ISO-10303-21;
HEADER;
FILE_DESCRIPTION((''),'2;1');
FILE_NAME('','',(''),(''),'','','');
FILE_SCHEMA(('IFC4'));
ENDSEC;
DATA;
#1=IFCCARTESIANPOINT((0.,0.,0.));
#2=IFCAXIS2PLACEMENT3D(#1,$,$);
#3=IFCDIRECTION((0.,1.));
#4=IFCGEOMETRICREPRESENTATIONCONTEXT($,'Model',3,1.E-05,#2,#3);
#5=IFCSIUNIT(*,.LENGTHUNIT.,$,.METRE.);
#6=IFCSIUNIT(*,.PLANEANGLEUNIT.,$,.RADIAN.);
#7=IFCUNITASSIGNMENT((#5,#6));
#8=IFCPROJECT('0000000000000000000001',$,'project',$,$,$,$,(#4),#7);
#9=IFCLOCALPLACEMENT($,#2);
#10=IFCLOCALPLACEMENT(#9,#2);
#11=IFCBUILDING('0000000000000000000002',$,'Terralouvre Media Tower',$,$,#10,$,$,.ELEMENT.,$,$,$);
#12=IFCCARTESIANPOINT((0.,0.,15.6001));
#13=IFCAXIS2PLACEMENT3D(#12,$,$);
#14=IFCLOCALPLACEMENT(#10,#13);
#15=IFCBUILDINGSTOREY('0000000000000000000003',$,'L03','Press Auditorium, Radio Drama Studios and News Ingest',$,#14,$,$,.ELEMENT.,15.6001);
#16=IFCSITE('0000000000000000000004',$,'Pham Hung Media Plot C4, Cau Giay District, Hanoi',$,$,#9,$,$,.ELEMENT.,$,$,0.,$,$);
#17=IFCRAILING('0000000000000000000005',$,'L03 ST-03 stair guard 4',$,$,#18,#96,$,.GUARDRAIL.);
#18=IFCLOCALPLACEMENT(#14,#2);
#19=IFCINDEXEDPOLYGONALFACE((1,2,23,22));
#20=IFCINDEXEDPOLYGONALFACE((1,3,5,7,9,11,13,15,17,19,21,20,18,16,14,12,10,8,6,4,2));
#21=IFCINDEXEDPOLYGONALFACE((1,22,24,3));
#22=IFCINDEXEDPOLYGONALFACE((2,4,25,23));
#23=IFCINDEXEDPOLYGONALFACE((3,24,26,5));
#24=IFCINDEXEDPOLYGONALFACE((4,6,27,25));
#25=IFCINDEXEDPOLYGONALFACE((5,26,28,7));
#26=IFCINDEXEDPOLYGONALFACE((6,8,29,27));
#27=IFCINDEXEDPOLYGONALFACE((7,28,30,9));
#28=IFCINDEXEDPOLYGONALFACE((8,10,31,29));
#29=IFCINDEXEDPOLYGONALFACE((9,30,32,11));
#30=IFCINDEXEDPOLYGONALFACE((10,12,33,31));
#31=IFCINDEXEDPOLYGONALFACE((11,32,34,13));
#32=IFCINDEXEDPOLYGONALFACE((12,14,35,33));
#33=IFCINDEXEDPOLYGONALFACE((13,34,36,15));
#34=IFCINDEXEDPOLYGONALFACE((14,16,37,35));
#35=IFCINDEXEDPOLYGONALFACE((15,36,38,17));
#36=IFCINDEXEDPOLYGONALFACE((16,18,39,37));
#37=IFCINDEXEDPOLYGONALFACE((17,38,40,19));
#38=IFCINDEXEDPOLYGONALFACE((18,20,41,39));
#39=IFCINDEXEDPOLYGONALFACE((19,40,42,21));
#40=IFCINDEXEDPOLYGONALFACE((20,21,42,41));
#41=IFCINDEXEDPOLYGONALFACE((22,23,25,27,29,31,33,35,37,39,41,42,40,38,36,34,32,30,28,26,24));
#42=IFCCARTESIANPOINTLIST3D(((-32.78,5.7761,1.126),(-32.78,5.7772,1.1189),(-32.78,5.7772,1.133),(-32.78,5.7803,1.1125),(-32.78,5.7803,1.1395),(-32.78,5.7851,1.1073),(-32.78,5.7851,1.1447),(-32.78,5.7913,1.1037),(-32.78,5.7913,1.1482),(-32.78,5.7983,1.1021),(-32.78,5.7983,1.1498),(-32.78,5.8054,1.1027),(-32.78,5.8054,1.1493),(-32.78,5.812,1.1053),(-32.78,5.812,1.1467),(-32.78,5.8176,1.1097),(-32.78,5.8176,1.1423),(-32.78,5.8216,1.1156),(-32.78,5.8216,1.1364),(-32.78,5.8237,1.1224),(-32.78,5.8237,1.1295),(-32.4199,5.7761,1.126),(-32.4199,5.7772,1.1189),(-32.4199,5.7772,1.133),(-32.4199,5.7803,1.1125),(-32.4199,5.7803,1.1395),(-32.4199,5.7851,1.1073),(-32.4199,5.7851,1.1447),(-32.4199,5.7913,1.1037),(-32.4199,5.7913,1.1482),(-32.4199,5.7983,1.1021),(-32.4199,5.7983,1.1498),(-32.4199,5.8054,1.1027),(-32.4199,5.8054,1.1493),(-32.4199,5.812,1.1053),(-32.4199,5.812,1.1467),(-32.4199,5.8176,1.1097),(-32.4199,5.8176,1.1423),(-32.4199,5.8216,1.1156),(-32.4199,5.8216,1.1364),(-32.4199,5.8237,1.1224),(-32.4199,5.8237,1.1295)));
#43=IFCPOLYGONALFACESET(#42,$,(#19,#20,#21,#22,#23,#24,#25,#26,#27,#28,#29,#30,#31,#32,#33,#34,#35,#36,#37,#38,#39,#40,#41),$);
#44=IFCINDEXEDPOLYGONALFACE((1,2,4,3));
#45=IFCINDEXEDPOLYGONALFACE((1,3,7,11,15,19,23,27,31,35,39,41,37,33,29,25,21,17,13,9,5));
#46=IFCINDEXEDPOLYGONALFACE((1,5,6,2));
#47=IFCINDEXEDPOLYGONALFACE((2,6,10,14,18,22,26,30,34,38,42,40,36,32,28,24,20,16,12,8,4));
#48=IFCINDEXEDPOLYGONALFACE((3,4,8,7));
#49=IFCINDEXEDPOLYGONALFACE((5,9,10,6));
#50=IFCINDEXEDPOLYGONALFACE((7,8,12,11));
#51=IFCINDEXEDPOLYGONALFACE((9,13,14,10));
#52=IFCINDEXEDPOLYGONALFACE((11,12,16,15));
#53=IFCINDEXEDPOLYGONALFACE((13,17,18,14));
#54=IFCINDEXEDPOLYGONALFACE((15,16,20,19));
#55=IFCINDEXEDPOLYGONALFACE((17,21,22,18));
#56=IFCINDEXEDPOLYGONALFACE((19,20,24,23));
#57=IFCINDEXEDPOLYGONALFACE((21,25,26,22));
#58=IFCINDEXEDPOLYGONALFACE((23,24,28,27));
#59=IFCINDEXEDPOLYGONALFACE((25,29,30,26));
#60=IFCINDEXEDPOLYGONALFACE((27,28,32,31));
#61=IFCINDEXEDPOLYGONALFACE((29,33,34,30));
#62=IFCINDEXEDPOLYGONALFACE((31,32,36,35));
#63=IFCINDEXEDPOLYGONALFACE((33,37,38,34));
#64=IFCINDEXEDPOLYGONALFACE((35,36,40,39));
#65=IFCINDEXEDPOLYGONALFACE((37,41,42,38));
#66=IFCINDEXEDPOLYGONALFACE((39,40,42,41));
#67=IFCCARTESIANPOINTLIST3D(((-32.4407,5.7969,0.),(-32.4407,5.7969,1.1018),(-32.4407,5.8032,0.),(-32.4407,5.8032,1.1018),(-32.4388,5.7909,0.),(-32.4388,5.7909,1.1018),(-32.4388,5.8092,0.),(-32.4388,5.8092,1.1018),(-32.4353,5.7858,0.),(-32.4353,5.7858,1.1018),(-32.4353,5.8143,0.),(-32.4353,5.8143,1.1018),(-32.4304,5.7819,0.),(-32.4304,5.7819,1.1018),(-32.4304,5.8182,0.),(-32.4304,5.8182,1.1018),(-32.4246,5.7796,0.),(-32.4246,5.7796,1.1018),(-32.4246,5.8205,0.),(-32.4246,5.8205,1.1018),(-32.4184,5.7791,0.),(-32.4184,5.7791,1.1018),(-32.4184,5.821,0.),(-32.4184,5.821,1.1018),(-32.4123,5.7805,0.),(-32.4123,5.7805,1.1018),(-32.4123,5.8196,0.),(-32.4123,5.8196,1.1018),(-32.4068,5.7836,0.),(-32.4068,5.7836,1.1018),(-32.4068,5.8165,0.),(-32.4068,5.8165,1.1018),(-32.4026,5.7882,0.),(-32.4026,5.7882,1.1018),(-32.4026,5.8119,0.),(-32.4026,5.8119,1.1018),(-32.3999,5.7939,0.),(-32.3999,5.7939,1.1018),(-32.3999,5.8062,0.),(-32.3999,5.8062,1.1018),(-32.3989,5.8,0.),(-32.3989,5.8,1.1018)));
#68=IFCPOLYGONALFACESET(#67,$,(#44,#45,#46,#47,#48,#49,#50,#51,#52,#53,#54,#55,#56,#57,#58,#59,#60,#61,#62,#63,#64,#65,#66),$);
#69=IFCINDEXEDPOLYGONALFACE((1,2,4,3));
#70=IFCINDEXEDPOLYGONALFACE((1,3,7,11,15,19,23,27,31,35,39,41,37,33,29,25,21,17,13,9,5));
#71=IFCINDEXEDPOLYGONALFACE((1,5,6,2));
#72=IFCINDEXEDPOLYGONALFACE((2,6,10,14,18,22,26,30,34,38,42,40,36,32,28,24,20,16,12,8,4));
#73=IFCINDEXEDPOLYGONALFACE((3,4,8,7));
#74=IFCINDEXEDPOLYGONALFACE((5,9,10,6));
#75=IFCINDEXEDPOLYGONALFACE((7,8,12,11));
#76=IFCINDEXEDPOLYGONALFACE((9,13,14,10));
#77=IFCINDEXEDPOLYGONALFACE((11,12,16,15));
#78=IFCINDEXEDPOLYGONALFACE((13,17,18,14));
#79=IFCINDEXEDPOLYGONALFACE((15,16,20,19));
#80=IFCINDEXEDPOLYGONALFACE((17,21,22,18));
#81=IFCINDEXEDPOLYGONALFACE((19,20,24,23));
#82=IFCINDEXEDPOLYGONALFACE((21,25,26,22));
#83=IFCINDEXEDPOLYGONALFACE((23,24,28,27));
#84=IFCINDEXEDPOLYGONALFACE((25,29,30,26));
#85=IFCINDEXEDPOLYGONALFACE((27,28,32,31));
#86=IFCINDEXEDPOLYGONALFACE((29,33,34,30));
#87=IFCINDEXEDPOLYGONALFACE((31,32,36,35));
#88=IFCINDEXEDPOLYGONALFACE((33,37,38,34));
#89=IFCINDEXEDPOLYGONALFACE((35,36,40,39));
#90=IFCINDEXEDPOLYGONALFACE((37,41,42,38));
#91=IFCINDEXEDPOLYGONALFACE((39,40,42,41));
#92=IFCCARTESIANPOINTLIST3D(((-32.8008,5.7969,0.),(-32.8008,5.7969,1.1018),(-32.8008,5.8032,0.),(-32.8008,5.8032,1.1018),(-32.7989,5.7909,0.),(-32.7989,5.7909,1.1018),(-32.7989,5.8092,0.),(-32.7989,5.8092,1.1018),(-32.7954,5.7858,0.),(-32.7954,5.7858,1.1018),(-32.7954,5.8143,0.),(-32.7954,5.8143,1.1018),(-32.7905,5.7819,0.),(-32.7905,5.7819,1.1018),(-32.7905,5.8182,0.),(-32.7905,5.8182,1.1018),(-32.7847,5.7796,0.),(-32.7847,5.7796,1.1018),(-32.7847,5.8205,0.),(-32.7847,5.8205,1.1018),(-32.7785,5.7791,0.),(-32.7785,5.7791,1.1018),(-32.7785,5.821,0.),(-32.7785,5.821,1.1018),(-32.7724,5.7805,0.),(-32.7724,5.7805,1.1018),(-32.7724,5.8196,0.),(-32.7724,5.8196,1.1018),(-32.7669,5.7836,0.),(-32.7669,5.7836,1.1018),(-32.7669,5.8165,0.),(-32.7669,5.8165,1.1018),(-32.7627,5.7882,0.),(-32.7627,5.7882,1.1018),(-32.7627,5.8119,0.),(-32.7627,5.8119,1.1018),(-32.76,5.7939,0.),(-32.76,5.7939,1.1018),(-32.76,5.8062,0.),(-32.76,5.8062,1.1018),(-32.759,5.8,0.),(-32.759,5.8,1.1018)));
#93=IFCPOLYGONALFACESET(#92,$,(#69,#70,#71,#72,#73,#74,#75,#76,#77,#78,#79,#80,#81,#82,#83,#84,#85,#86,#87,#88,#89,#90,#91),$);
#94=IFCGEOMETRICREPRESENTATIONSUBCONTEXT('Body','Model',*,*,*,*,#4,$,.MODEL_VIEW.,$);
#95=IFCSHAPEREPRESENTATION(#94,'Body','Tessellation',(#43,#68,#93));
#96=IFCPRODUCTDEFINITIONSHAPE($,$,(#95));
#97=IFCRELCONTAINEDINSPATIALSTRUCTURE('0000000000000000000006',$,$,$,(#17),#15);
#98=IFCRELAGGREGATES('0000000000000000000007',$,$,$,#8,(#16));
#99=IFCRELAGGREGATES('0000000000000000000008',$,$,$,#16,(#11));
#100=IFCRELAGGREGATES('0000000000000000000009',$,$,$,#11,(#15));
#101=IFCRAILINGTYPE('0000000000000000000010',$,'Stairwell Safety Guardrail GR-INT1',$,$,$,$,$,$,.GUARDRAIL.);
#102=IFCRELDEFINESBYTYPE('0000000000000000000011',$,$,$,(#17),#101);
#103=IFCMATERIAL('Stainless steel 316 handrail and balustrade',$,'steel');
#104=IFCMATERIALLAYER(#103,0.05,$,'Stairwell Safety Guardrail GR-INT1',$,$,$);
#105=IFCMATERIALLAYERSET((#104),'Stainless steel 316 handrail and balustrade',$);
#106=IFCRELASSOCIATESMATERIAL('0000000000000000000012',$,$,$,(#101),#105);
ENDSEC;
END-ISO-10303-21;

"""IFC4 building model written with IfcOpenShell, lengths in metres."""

from ifc_helpers import new_model, si_unit, direction, frame, origin, origin_2d, place, context, subcontext, project, spatial, circle, extrude, material, layer, layer_set, type_object, element, save


model = new_model("IFC4")

# Units and contexts
model_context = context("Model", 3, precision=1e-05, world=origin(), true_north=direction((0.0, 1.0)))
body_context = subcontext(model_context, "Body", "Model", "MODEL_VIEW")
ifc_project = project(units=[si_unit("LENGTHUNIT", "METRE"), si_unit("PLANEANGLEUNIT", "RADIAN")], contexts=[model_context])

# Site, building, storey
site_placement = place(None, origin())
site = spatial("IfcSite", under=ifc_project, at=site_placement, Name="Pham Hung Media Plot C4, Cau Giay District, Hanoi", CompositionType="ELEMENT", RefElevation=0.0)
building_placement = place(site_placement, origin())
building = spatial("IfcBuilding", under=site, at=building_placement, Name="Terralouvre Media Tower", CompositionType="ELEMENT")
storey_placement = place(building_placement, frame((0.0, 0.0, 15.6001)))
storey = spatial("IfcBuildingStorey", under=building, at=storey_placement, Name="L03", Description="Press Auditorium, Radio Drama Studios and News Ingest", CompositionType="ELEMENT", Elevation=15.6001)

# Railing
ifc_material_1 = material(Name="Stainless steel 316 handrail and balustrade", Category="steel")
ifc_layer_1 = layer(ifc_material_1, 0.05, Name="Stairwell Safety Guardrail GR-INT1")
ifc_layer_set_1 = layer_set([ifc_layer_1], Name="Stainless steel 316 handrail and balustrade")
railing_type_1 = type_object("IfcRailingType", Name="Stairwell Safety Guardrail GR-INT1", PredefinedType="GUARDRAIL", material=ifc_layer_set_1)
railing_1_placement = place(storey_placement, frame((-32.4199, 5.8, 0.0)))
element("IfcRailing", 1, at=railing_1_placement, inside=storey, type_object=railing_type_1, Name="L03 ST-03 stair guard 4", PredefinedType="GUARDRAIL", context=body_context, shape_type="SweptSolid", body=[
    extrude(circle(Radius=0.0239, at=origin_2d()), frame((0.0, 0.0, 1.126), z_axis=(-1.0, 0.0, 0.0), x_axis=(0.0, -1.0, 0.0)), (0.0, 0.0, 1.0), 0.3601),
    extrude(circle(Radius=0.021, at=origin_2d()), origin(), (0.0, 0.0, 1.0), 1.1018),
    extrude(circle(Radius=0.021, at=origin_2d()), frame((-0.3601, 0.0, 0.0)), (0.0, 0.0, 1.0), 1.1018),
])

save(model, "model.ifc")
